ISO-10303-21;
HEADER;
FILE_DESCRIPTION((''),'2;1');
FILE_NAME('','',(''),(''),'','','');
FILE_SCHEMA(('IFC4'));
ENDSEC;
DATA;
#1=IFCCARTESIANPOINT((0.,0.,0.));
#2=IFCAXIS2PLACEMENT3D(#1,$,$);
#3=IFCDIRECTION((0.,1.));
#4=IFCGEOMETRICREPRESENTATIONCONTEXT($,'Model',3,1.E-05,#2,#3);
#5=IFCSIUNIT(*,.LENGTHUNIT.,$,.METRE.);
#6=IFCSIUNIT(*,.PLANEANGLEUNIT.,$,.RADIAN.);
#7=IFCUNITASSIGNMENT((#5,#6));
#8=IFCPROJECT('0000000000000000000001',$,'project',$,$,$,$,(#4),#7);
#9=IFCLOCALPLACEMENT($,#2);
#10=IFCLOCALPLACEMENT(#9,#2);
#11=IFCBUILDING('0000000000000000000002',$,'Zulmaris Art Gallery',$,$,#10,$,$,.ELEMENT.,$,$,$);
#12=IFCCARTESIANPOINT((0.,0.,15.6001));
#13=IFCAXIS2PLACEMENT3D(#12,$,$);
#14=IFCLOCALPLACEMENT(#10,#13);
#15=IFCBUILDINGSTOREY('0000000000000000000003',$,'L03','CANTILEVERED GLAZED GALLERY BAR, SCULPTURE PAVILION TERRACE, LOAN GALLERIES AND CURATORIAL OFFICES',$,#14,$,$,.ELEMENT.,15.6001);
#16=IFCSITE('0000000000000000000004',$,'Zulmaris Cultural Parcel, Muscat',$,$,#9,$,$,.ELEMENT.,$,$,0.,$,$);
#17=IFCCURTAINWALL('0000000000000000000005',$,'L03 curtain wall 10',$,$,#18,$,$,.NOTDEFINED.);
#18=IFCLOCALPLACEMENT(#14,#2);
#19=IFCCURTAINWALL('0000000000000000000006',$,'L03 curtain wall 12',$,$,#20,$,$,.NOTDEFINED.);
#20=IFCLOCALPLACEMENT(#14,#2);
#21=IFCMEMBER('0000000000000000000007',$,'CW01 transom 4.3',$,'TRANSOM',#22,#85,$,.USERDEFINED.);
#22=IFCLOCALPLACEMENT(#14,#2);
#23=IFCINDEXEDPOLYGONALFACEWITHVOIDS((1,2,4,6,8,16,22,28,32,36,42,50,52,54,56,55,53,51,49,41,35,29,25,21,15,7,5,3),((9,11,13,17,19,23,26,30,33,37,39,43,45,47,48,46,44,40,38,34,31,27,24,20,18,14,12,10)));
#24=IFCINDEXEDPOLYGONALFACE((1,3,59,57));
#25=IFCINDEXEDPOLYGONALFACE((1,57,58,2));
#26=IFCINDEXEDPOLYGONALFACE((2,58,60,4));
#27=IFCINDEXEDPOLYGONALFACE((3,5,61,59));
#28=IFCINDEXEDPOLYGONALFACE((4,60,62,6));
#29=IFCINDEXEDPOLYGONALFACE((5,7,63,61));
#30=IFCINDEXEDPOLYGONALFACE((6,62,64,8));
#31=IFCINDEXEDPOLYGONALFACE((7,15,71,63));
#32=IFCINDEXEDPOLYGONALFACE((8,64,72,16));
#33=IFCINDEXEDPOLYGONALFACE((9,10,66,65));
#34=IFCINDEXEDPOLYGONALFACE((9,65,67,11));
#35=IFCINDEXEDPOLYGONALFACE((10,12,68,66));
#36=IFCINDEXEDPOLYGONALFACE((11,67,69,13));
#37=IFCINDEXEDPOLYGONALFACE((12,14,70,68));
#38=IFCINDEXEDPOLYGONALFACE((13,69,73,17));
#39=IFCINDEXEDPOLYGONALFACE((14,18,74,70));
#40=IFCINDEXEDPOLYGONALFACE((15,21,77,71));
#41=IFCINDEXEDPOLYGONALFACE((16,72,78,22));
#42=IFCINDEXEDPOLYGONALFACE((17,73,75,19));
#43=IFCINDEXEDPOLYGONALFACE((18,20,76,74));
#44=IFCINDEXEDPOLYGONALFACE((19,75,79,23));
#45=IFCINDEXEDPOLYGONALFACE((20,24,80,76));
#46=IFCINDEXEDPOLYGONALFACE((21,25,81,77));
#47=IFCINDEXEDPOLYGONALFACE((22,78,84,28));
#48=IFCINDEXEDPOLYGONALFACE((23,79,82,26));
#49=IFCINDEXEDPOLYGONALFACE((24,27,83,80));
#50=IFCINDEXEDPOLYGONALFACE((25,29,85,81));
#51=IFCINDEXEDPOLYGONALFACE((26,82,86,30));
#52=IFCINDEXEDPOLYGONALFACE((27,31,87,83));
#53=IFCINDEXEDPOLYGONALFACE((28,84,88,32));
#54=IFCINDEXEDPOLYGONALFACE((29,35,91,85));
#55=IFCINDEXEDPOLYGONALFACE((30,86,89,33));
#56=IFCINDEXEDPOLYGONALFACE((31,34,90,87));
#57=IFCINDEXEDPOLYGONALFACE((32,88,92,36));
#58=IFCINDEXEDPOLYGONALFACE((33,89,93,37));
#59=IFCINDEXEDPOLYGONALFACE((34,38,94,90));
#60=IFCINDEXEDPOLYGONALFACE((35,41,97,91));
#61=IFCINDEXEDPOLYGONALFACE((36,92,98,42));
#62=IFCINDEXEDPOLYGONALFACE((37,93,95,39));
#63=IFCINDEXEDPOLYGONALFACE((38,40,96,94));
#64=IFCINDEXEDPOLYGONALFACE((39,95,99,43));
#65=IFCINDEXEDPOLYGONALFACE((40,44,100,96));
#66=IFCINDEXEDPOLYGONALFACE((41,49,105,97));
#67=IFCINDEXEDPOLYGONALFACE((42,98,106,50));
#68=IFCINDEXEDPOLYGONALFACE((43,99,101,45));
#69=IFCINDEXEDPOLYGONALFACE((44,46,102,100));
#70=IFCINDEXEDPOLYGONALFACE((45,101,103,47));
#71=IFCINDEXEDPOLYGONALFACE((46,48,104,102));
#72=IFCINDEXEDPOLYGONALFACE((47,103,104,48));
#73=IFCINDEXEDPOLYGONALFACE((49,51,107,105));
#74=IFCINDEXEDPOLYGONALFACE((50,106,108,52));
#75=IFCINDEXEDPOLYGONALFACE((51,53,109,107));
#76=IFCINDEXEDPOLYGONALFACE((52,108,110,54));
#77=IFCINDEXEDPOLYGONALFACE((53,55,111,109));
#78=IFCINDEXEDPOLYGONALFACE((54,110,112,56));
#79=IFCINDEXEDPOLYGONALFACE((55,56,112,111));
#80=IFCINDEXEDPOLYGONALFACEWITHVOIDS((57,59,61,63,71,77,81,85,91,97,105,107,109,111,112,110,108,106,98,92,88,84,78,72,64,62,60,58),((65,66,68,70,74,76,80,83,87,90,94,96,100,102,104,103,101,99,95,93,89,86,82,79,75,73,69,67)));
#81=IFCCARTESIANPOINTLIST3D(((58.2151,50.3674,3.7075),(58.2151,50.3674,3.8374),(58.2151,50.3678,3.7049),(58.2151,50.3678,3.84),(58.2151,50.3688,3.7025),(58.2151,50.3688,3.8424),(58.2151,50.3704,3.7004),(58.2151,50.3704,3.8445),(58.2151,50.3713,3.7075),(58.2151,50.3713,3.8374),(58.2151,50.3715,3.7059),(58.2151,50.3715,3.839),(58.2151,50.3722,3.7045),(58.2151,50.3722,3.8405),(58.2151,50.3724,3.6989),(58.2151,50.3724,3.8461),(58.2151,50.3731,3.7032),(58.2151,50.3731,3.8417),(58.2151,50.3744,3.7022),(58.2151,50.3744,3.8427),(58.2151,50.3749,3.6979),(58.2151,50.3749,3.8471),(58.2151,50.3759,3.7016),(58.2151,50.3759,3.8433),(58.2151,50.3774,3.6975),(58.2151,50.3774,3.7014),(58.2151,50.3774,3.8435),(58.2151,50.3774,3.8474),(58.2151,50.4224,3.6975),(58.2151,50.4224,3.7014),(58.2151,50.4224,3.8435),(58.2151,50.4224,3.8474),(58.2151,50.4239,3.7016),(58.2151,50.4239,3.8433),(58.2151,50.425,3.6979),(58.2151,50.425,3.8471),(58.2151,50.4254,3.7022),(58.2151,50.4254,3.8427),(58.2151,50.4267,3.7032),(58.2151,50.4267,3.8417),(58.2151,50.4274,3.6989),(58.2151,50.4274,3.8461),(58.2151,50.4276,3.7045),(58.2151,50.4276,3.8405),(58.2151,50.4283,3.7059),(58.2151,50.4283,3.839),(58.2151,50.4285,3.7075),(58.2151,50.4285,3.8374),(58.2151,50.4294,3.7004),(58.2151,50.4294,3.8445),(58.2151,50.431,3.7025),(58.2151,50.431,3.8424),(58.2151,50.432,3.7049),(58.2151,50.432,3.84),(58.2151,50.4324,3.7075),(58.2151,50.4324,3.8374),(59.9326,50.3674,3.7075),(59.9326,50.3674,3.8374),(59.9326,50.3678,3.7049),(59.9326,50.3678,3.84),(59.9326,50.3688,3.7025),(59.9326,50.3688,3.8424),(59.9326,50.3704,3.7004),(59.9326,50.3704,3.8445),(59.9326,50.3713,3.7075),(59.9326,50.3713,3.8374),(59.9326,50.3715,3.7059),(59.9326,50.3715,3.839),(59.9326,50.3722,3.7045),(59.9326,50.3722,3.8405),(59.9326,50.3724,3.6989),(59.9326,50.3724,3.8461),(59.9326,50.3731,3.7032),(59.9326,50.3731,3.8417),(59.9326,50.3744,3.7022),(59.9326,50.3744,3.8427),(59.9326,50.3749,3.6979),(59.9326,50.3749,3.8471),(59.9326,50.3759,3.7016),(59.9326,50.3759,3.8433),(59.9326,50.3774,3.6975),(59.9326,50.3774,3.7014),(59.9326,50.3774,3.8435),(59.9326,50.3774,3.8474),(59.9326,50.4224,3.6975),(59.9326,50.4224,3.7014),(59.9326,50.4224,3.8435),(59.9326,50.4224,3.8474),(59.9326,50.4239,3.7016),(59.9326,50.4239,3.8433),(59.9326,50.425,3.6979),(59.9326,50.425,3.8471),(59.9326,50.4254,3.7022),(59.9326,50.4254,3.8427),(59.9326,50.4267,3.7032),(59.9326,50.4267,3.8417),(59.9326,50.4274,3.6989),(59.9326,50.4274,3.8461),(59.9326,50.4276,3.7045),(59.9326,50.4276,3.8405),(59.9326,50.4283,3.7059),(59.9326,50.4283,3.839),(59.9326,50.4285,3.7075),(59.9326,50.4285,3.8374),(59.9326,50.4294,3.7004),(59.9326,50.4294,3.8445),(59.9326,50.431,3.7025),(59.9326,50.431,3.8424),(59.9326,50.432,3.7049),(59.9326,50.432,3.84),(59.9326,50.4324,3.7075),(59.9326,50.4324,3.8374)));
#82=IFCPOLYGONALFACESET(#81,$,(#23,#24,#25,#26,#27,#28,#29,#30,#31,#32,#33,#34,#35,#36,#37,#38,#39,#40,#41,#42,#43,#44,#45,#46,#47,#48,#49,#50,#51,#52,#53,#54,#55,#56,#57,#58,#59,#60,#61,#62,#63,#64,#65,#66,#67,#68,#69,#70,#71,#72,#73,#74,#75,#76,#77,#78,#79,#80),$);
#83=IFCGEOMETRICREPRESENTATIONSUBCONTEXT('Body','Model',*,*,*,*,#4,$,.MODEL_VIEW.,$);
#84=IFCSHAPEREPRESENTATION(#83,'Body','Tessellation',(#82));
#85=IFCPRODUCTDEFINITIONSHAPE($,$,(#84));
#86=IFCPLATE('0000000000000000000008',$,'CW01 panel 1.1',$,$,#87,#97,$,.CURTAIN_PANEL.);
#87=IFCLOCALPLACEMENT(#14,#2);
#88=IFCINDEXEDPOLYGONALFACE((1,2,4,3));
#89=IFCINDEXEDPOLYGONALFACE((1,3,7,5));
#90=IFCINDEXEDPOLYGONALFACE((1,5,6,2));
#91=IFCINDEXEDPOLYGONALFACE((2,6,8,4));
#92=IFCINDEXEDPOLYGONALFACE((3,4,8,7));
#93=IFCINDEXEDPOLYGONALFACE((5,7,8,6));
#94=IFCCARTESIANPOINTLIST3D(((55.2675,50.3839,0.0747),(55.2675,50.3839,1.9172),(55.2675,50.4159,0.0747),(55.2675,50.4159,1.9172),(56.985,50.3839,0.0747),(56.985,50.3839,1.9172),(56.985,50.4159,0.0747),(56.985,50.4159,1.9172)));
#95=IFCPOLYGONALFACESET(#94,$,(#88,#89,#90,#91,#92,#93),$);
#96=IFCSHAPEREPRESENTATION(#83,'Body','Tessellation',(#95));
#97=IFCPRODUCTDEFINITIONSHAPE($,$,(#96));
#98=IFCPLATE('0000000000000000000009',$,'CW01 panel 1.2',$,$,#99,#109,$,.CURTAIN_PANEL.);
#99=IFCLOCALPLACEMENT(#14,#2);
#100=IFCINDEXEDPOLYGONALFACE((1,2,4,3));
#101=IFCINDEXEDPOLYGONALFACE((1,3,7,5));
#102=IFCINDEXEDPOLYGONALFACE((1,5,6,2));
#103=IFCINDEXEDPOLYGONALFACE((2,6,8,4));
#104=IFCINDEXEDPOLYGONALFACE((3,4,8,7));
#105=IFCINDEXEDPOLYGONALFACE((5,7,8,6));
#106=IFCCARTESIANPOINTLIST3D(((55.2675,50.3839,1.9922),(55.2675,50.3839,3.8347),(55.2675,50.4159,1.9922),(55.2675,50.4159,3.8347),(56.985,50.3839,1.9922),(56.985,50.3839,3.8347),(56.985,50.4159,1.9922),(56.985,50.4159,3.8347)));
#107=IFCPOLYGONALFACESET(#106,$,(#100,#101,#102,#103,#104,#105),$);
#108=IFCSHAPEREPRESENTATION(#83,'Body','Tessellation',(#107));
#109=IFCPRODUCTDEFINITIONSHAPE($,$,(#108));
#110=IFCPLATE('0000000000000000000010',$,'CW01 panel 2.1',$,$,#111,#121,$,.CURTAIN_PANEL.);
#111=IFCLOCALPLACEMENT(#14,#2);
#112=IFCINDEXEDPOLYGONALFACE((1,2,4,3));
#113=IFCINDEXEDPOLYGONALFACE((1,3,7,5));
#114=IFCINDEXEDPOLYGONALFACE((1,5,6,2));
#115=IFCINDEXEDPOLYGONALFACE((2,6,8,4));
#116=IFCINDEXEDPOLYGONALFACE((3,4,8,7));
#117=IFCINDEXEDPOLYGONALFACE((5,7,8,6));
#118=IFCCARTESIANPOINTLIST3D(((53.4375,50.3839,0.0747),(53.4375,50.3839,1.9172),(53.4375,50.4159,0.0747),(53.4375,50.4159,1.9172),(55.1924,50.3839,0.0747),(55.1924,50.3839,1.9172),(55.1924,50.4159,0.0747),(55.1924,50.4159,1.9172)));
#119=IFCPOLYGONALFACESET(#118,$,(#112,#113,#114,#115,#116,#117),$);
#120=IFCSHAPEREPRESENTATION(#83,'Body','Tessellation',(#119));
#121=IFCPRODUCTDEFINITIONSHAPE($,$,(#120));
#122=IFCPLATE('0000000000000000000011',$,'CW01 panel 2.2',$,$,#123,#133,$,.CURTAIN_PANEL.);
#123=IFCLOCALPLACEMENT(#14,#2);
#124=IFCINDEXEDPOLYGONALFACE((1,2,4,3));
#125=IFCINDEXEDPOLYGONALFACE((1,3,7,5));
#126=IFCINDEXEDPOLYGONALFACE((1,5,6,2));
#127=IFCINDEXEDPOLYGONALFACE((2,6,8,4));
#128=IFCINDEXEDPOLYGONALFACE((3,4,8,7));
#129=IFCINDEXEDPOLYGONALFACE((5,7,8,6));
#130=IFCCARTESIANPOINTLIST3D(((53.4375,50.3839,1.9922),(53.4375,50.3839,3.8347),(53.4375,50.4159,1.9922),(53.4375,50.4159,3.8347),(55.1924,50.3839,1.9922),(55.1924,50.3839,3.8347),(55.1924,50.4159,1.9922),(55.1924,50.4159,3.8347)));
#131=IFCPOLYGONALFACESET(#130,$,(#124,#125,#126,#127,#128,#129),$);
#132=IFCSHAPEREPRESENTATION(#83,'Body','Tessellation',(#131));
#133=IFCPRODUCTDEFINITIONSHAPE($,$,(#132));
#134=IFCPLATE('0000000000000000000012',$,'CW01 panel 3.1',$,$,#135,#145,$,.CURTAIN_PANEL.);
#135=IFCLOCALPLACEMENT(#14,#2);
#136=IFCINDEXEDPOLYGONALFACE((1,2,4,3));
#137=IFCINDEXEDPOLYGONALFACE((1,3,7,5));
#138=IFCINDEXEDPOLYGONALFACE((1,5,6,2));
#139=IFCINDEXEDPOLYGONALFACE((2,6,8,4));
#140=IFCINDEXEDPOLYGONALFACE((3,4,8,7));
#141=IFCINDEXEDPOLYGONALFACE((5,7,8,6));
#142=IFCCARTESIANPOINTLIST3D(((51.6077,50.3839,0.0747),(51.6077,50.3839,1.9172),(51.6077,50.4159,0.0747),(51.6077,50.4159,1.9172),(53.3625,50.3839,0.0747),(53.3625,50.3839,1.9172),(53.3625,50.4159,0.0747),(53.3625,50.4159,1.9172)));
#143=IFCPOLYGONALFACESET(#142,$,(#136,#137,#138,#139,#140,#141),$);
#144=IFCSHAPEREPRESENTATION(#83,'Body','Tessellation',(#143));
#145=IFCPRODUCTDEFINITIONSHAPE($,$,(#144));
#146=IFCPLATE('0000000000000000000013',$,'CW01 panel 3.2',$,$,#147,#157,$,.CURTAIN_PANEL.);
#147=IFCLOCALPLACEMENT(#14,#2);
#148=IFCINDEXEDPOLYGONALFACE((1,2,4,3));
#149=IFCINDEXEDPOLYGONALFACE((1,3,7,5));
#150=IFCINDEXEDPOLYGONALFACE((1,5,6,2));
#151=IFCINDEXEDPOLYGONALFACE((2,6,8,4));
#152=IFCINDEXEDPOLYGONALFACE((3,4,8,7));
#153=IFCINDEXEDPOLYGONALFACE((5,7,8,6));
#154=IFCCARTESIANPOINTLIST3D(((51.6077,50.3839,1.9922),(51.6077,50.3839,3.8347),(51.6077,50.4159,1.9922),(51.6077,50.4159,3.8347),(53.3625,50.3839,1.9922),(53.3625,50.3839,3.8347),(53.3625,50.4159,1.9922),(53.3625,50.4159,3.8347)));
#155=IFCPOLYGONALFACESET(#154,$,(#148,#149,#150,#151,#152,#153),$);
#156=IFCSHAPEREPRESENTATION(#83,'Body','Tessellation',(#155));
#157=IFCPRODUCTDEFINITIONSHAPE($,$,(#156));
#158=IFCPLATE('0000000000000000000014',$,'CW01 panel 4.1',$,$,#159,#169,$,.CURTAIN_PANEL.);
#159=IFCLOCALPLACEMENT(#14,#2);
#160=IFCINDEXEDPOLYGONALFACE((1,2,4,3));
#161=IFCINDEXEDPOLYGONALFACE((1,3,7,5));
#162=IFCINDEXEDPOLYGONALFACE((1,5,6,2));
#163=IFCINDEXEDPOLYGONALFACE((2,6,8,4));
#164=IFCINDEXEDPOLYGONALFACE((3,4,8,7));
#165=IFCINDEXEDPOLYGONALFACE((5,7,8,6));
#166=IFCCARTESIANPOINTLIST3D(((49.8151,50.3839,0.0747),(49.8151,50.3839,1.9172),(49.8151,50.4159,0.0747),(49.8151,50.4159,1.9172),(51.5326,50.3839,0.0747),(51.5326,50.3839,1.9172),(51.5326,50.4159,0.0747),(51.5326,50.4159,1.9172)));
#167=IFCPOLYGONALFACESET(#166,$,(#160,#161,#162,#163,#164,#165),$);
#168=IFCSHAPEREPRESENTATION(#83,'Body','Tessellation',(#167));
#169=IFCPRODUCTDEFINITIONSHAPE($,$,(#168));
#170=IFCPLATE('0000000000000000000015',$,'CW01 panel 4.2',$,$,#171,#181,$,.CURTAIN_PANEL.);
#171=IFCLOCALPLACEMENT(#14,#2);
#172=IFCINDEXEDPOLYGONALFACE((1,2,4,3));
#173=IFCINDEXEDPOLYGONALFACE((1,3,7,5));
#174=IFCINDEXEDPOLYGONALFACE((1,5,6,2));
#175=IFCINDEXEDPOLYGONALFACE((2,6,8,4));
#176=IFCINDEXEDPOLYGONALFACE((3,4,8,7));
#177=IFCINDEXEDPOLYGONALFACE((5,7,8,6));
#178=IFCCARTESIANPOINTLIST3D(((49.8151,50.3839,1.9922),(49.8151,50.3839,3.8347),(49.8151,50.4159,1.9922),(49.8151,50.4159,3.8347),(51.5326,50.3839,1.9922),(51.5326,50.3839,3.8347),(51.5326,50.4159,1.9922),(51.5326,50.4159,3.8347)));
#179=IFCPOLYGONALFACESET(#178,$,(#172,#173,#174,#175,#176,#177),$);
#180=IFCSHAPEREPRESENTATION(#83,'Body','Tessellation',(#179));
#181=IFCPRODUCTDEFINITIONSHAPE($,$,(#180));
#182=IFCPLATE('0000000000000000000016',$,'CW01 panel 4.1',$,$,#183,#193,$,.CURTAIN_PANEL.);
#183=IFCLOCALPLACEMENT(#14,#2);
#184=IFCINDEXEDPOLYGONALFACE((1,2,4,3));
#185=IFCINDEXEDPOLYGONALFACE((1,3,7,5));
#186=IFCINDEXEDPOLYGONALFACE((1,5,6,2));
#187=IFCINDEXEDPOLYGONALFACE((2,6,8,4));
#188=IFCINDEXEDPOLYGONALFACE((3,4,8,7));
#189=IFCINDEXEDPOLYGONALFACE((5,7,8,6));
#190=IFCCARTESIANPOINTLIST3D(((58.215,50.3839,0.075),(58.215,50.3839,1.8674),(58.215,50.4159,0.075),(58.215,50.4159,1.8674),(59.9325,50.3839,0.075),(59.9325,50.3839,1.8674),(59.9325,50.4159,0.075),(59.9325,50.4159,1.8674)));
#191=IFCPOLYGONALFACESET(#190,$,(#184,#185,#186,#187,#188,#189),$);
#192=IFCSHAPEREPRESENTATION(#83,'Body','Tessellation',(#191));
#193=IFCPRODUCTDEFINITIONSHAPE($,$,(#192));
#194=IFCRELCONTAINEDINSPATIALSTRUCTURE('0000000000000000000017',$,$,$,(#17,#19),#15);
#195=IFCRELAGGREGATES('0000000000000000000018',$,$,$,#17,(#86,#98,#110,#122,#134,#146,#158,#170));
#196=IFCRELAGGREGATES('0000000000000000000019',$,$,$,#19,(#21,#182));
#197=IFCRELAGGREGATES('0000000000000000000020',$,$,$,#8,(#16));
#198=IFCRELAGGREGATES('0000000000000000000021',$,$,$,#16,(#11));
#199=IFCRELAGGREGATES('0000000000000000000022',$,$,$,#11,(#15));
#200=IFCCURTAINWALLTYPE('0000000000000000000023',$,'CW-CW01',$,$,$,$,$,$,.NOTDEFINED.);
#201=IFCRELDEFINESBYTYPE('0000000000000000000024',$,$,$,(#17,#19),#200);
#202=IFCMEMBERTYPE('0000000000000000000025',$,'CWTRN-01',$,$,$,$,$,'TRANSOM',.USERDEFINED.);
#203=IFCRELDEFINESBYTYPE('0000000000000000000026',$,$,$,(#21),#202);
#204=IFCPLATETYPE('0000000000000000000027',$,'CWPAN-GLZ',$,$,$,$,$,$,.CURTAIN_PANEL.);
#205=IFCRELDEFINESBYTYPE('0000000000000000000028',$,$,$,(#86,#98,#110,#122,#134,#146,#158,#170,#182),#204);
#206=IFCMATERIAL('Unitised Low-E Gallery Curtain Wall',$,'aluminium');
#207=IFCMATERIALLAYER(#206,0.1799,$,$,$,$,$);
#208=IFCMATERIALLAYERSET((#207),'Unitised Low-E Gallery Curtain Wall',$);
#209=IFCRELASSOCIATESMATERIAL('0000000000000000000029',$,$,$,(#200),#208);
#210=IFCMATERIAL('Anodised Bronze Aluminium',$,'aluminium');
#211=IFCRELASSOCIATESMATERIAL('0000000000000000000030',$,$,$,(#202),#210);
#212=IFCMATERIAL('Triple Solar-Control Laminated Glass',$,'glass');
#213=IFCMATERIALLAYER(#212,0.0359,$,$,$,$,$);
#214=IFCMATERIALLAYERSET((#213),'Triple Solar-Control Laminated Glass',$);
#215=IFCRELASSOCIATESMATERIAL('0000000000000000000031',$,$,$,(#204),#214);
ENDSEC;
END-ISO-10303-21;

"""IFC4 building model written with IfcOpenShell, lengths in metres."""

from ifc_helpers import new_model, si_unit, direction, frame, origin, origin_2d, place, context, subcontext, project, spatial, rectangle, hollow_rectangle, extrude, material, layer, layer_set, material_profile, profile_set, type_object, element, aggregate, save


model = new_model("IFC4")

# Units and contexts
model_context = context("Model", 3, precision=1e-05, world=origin(), true_north=direction((0.0, 1.0)))
body_context = subcontext(model_context, "Body", "Model", "MODEL_VIEW")
ifc_project = project(units=[si_unit("LENGTHUNIT", "METRE"), si_unit("PLANEANGLEUNIT", "RADIAN")], contexts=[model_context])

# Site, building, storey
site_placement = place(None, origin())
site = spatial("IfcSite", under=ifc_project, at=site_placement, Name="Zulmaris Cultural Parcel, Muscat", CompositionType="ELEMENT", RefElevation=0.0)
building_placement = place(site_placement, origin())
building = spatial("IfcBuilding", under=site, at=building_placement, Name="Zulmaris Art Gallery", CompositionType="ELEMENT")
storey_placement = place(building_placement, frame((0.0, 0.0, 15.6001)))
storey = spatial("IfcBuildingStorey", under=building, at=storey_placement, Name="L03", Description="CANTILEVERED GLAZED GALLERY BAR, SCULPTURE PAVILION TERRACE, LOAN GALLERIES AND CURATORIAL OFFICES", CompositionType="ELEMENT", Elevation=15.6001)

# Curtain walls
ifc_material_1 = material(Name="Unitised Low-E Gallery Curtain Wall", Category="aluminium")
ifc_layer_1 = layer(ifc_material_1, 0.1799)
ifc_layer_set_1 = layer_set([ifc_layer_1], Name="Unitised Low-E Gallery Curtain Wall")
curtain_wall_type = type_object("IfcCurtainWallType", Name="CW-CW01", PredefinedType="NOTDEFINED", material=ifc_layer_set_1)
curtain_wall_1_placement = place(storey_placement, origin())
curtain_wall_1 = element("IfcCurtainWall", 1, at=curtain_wall_1_placement, inside=storey, type_object=curtain_wall_type, Name="L03 curtain wall 10", PredefinedType="NOTDEFINED")
ifc_material_2 = material(Name="Anodised Bronze Aluminium", Category="aluminium")
curtain_wall_2_placement = place(storey_placement, origin())
curtain_wall_2 = element("IfcCurtainWall", 2, at=curtain_wall_2_placement, inside=storey, type_object=curtain_wall_type, Name="L03 curtain wall 12", PredefinedType="NOTDEFINED")

# Member
ifc_material_profile_1 = material_profile(ifc_material_2, hollow_rectangle(XDim=0.0649, YDim=0.1499, WallThickness=0.0039, InnerFilletRadius=0.0061, OuterFilletRadius=0.01, at=origin_2d()), Name="ALU 65x150x4")
ifc_profile_set_1 = profile_set([ifc_material_profile_1], Name="Anodised Bronze Aluminium")
member_type_1 = type_object("IfcMemberType", Name="CWTRN-01", ElementType="TRANSOM", PredefinedType="USERDEFINED", material=ifc_profile_set_1)
member_1_placement = place(storey_placement, frame((59.9326, 50.3999, 3.7725), z_axis=(-1.0, 0.0, 0.0), x_axis=(0.0, -1.0, 0.0)))
member_1 = element("IfcMember", 3, at=member_1_placement, type_object=member_type_1, Name="CW01 transom 4.3", ObjectType="TRANSOM", PredefinedType="USERDEFINED", context=body_context, shape_type="SweptSolid", body=[
    extrude(hollow_rectangle(XDim=0.0649, YDim=0.1499, WallThickness=0.0039, InnerFilletRadius=0.0061, OuterFilletRadius=0.01, at=origin_2d()), origin(), (0.0, 0.0, 1.0), 1.7175),
])

# Plates
ifc_material_3 = material(Name="Triple Solar-Control Laminated Glass", Category="glass")
ifc_layer_2 = layer(ifc_material_3, 0.0359)
ifc_layer_set_2 = layer_set([ifc_layer_2], Name="Triple Solar-Control Laminated Glass")
plate_type = type_object("IfcPlateType", Name="CWPAN-GLZ", PredefinedType="CURTAIN_PANEL", material=ifc_layer_set_2)
plate_1_placement = place(storey_placement, frame((56.1262, 50.3999, 0.0747), z_axis=(0.0, 0.0, 1.0), x_axis=(-1.0, 0.0, 0.0)))
plate_1 = element("IfcPlate", 4, at=plate_1_placement, type_object=plate_type, Name="CW01 panel 1.1", PredefinedType="CURTAIN_PANEL", context=body_context, shape_type="SweptSolid", body=[
    extrude(rectangle(XDim=1.7175, YDim=0.032, at=origin_2d()), origin(), (0.0, 0.0, 1.0), 1.8425),
])
plate_2_placement = place(storey_placement, frame((56.1262, 50.3999, 1.9922), z_axis=(0.0, 0.0, 1.0), x_axis=(-1.0, 0.0, 0.0)))
plate_2 = element("IfcPlate", 5, at=plate_2_placement, type_object=plate_type, Name="CW01 panel 1.2", PredefinedType="CURTAIN_PANEL", context=body_context, shape_type="SweptSolid", body=[
    extrude(rectangle(XDim=1.7175, YDim=0.032, at=origin_2d()), origin(), (0.0, 0.0, 1.0), 1.8425),
])
plate_3_placement = place(storey_placement, frame((54.3149, 50.3999, 0.0747), z_axis=(0.0, 0.0, 1.0), x_axis=(-1.0, 0.0, 0.0)))
plate_3 = element("IfcPlate", 6, at=plate_3_placement, type_object=plate_type, Name="CW01 panel 2.1", PredefinedType="CURTAIN_PANEL", context=body_context, shape_type="SweptSolid", body=[
    extrude(rectangle(XDim=1.7549, YDim=0.032, at=origin_2d()), origin(), (0.0, 0.0, 1.0), 1.8425),
])
plate_4_placement = place(storey_placement, frame((54.3149, 50.3999, 1.9922), z_axis=(0.0, 0.0, 1.0), x_axis=(-1.0, 0.0, 0.0)))
plate_4 = element("IfcPlate", 7, at=plate_4_placement, type_object=plate_type, Name="CW01 panel 2.2", PredefinedType="CURTAIN_PANEL", context=body_context, shape_type="SweptSolid", body=[
    extrude(rectangle(XDim=1.7549, YDim=0.032, at=origin_2d()), origin(), (0.0, 0.0, 1.0), 1.8425),
])
plate_5_placement = place(storey_placement, frame((52.4851, 50.3999, 0.0747), z_axis=(0.0, 0.0, 1.0), x_axis=(-1.0, 0.0, 0.0)))
plate_5 = element("IfcPlate", 8, at=plate_5_placement, type_object=plate_type, Name="CW01 panel 3.1", PredefinedType="CURTAIN_PANEL", context=body_context, shape_type="SweptSolid", body=[
    extrude(rectangle(XDim=1.7549, YDim=0.032, at=origin_2d()), origin(), (0.0, 0.0, 1.0), 1.8425),
])
plate_6_placement = place(storey_placement, frame((52.4851, 50.3999, 1.9922), z_axis=(0.0, 0.0, 1.0), x_axis=(-1.0, 0.0, 0.0)))
plate_6 = element("IfcPlate", 9, at=plate_6_placement, type_object=plate_type, Name="CW01 panel 3.2", PredefinedType="CURTAIN_PANEL", context=body_context, shape_type="SweptSolid", body=[
    extrude(rectangle(XDim=1.7549, YDim=0.032, at=origin_2d()), origin(), (0.0, 0.0, 1.0), 1.8425),
])
plate_7_placement = place(storey_placement, frame((50.6738, 50.3999, 0.0747), z_axis=(0.0, 0.0, 1.0), x_axis=(-1.0, 0.0, 0.0)))
plate_7 = element("IfcPlate", 10, at=plate_7_placement, type_object=plate_type, Name="CW01 panel 4.1", PredefinedType="CURTAIN_PANEL", context=body_context, shape_type="SweptSolid", body=[
    extrude(rectangle(XDim=1.7175, YDim=0.032, at=origin_2d()), origin(), (0.0, 0.0, 1.0), 1.8425),
])
plate_8_placement = place(storey_placement, frame((50.6738, 50.3999, 1.9922), z_axis=(0.0, 0.0, 1.0), x_axis=(-1.0, 0.0, 0.0)))
plate_8 = element("IfcPlate", 11, at=plate_8_placement, type_object=plate_type, Name="CW01 panel 4.2", PredefinedType="CURTAIN_PANEL", context=body_context, shape_type="SweptSolid", body=[
    extrude(rectangle(XDim=1.7175, YDim=0.032, at=origin_2d()), origin(), (0.0, 0.0, 1.0), 1.8425),
])
aggregate(curtain_wall_1, [plate_1, plate_2, plate_3, plate_4, plate_5, plate_6, plate_7, plate_8])
plate_9_placement = place(storey_placement, frame((59.0737, 50.3999, 0.075), z_axis=(0.0, 0.0, 1.0), x_axis=(-1.0, 0.0, 0.0)))
plate_9 = element("IfcPlate", 12, at=plate_9_placement, type_object=plate_type, Name="CW01 panel 4.1", PredefinedType="CURTAIN_PANEL", context=body_context, shape_type="SweptSolid", body=[
    extrude(rectangle(XDim=1.7175, YDim=0.032, at=origin_2d()), origin(), (0.0, 0.0, 1.0), 1.7925),
])
aggregate(curtain_wall_2, [member_1, plate_9])

save(model, "model.ifc")
